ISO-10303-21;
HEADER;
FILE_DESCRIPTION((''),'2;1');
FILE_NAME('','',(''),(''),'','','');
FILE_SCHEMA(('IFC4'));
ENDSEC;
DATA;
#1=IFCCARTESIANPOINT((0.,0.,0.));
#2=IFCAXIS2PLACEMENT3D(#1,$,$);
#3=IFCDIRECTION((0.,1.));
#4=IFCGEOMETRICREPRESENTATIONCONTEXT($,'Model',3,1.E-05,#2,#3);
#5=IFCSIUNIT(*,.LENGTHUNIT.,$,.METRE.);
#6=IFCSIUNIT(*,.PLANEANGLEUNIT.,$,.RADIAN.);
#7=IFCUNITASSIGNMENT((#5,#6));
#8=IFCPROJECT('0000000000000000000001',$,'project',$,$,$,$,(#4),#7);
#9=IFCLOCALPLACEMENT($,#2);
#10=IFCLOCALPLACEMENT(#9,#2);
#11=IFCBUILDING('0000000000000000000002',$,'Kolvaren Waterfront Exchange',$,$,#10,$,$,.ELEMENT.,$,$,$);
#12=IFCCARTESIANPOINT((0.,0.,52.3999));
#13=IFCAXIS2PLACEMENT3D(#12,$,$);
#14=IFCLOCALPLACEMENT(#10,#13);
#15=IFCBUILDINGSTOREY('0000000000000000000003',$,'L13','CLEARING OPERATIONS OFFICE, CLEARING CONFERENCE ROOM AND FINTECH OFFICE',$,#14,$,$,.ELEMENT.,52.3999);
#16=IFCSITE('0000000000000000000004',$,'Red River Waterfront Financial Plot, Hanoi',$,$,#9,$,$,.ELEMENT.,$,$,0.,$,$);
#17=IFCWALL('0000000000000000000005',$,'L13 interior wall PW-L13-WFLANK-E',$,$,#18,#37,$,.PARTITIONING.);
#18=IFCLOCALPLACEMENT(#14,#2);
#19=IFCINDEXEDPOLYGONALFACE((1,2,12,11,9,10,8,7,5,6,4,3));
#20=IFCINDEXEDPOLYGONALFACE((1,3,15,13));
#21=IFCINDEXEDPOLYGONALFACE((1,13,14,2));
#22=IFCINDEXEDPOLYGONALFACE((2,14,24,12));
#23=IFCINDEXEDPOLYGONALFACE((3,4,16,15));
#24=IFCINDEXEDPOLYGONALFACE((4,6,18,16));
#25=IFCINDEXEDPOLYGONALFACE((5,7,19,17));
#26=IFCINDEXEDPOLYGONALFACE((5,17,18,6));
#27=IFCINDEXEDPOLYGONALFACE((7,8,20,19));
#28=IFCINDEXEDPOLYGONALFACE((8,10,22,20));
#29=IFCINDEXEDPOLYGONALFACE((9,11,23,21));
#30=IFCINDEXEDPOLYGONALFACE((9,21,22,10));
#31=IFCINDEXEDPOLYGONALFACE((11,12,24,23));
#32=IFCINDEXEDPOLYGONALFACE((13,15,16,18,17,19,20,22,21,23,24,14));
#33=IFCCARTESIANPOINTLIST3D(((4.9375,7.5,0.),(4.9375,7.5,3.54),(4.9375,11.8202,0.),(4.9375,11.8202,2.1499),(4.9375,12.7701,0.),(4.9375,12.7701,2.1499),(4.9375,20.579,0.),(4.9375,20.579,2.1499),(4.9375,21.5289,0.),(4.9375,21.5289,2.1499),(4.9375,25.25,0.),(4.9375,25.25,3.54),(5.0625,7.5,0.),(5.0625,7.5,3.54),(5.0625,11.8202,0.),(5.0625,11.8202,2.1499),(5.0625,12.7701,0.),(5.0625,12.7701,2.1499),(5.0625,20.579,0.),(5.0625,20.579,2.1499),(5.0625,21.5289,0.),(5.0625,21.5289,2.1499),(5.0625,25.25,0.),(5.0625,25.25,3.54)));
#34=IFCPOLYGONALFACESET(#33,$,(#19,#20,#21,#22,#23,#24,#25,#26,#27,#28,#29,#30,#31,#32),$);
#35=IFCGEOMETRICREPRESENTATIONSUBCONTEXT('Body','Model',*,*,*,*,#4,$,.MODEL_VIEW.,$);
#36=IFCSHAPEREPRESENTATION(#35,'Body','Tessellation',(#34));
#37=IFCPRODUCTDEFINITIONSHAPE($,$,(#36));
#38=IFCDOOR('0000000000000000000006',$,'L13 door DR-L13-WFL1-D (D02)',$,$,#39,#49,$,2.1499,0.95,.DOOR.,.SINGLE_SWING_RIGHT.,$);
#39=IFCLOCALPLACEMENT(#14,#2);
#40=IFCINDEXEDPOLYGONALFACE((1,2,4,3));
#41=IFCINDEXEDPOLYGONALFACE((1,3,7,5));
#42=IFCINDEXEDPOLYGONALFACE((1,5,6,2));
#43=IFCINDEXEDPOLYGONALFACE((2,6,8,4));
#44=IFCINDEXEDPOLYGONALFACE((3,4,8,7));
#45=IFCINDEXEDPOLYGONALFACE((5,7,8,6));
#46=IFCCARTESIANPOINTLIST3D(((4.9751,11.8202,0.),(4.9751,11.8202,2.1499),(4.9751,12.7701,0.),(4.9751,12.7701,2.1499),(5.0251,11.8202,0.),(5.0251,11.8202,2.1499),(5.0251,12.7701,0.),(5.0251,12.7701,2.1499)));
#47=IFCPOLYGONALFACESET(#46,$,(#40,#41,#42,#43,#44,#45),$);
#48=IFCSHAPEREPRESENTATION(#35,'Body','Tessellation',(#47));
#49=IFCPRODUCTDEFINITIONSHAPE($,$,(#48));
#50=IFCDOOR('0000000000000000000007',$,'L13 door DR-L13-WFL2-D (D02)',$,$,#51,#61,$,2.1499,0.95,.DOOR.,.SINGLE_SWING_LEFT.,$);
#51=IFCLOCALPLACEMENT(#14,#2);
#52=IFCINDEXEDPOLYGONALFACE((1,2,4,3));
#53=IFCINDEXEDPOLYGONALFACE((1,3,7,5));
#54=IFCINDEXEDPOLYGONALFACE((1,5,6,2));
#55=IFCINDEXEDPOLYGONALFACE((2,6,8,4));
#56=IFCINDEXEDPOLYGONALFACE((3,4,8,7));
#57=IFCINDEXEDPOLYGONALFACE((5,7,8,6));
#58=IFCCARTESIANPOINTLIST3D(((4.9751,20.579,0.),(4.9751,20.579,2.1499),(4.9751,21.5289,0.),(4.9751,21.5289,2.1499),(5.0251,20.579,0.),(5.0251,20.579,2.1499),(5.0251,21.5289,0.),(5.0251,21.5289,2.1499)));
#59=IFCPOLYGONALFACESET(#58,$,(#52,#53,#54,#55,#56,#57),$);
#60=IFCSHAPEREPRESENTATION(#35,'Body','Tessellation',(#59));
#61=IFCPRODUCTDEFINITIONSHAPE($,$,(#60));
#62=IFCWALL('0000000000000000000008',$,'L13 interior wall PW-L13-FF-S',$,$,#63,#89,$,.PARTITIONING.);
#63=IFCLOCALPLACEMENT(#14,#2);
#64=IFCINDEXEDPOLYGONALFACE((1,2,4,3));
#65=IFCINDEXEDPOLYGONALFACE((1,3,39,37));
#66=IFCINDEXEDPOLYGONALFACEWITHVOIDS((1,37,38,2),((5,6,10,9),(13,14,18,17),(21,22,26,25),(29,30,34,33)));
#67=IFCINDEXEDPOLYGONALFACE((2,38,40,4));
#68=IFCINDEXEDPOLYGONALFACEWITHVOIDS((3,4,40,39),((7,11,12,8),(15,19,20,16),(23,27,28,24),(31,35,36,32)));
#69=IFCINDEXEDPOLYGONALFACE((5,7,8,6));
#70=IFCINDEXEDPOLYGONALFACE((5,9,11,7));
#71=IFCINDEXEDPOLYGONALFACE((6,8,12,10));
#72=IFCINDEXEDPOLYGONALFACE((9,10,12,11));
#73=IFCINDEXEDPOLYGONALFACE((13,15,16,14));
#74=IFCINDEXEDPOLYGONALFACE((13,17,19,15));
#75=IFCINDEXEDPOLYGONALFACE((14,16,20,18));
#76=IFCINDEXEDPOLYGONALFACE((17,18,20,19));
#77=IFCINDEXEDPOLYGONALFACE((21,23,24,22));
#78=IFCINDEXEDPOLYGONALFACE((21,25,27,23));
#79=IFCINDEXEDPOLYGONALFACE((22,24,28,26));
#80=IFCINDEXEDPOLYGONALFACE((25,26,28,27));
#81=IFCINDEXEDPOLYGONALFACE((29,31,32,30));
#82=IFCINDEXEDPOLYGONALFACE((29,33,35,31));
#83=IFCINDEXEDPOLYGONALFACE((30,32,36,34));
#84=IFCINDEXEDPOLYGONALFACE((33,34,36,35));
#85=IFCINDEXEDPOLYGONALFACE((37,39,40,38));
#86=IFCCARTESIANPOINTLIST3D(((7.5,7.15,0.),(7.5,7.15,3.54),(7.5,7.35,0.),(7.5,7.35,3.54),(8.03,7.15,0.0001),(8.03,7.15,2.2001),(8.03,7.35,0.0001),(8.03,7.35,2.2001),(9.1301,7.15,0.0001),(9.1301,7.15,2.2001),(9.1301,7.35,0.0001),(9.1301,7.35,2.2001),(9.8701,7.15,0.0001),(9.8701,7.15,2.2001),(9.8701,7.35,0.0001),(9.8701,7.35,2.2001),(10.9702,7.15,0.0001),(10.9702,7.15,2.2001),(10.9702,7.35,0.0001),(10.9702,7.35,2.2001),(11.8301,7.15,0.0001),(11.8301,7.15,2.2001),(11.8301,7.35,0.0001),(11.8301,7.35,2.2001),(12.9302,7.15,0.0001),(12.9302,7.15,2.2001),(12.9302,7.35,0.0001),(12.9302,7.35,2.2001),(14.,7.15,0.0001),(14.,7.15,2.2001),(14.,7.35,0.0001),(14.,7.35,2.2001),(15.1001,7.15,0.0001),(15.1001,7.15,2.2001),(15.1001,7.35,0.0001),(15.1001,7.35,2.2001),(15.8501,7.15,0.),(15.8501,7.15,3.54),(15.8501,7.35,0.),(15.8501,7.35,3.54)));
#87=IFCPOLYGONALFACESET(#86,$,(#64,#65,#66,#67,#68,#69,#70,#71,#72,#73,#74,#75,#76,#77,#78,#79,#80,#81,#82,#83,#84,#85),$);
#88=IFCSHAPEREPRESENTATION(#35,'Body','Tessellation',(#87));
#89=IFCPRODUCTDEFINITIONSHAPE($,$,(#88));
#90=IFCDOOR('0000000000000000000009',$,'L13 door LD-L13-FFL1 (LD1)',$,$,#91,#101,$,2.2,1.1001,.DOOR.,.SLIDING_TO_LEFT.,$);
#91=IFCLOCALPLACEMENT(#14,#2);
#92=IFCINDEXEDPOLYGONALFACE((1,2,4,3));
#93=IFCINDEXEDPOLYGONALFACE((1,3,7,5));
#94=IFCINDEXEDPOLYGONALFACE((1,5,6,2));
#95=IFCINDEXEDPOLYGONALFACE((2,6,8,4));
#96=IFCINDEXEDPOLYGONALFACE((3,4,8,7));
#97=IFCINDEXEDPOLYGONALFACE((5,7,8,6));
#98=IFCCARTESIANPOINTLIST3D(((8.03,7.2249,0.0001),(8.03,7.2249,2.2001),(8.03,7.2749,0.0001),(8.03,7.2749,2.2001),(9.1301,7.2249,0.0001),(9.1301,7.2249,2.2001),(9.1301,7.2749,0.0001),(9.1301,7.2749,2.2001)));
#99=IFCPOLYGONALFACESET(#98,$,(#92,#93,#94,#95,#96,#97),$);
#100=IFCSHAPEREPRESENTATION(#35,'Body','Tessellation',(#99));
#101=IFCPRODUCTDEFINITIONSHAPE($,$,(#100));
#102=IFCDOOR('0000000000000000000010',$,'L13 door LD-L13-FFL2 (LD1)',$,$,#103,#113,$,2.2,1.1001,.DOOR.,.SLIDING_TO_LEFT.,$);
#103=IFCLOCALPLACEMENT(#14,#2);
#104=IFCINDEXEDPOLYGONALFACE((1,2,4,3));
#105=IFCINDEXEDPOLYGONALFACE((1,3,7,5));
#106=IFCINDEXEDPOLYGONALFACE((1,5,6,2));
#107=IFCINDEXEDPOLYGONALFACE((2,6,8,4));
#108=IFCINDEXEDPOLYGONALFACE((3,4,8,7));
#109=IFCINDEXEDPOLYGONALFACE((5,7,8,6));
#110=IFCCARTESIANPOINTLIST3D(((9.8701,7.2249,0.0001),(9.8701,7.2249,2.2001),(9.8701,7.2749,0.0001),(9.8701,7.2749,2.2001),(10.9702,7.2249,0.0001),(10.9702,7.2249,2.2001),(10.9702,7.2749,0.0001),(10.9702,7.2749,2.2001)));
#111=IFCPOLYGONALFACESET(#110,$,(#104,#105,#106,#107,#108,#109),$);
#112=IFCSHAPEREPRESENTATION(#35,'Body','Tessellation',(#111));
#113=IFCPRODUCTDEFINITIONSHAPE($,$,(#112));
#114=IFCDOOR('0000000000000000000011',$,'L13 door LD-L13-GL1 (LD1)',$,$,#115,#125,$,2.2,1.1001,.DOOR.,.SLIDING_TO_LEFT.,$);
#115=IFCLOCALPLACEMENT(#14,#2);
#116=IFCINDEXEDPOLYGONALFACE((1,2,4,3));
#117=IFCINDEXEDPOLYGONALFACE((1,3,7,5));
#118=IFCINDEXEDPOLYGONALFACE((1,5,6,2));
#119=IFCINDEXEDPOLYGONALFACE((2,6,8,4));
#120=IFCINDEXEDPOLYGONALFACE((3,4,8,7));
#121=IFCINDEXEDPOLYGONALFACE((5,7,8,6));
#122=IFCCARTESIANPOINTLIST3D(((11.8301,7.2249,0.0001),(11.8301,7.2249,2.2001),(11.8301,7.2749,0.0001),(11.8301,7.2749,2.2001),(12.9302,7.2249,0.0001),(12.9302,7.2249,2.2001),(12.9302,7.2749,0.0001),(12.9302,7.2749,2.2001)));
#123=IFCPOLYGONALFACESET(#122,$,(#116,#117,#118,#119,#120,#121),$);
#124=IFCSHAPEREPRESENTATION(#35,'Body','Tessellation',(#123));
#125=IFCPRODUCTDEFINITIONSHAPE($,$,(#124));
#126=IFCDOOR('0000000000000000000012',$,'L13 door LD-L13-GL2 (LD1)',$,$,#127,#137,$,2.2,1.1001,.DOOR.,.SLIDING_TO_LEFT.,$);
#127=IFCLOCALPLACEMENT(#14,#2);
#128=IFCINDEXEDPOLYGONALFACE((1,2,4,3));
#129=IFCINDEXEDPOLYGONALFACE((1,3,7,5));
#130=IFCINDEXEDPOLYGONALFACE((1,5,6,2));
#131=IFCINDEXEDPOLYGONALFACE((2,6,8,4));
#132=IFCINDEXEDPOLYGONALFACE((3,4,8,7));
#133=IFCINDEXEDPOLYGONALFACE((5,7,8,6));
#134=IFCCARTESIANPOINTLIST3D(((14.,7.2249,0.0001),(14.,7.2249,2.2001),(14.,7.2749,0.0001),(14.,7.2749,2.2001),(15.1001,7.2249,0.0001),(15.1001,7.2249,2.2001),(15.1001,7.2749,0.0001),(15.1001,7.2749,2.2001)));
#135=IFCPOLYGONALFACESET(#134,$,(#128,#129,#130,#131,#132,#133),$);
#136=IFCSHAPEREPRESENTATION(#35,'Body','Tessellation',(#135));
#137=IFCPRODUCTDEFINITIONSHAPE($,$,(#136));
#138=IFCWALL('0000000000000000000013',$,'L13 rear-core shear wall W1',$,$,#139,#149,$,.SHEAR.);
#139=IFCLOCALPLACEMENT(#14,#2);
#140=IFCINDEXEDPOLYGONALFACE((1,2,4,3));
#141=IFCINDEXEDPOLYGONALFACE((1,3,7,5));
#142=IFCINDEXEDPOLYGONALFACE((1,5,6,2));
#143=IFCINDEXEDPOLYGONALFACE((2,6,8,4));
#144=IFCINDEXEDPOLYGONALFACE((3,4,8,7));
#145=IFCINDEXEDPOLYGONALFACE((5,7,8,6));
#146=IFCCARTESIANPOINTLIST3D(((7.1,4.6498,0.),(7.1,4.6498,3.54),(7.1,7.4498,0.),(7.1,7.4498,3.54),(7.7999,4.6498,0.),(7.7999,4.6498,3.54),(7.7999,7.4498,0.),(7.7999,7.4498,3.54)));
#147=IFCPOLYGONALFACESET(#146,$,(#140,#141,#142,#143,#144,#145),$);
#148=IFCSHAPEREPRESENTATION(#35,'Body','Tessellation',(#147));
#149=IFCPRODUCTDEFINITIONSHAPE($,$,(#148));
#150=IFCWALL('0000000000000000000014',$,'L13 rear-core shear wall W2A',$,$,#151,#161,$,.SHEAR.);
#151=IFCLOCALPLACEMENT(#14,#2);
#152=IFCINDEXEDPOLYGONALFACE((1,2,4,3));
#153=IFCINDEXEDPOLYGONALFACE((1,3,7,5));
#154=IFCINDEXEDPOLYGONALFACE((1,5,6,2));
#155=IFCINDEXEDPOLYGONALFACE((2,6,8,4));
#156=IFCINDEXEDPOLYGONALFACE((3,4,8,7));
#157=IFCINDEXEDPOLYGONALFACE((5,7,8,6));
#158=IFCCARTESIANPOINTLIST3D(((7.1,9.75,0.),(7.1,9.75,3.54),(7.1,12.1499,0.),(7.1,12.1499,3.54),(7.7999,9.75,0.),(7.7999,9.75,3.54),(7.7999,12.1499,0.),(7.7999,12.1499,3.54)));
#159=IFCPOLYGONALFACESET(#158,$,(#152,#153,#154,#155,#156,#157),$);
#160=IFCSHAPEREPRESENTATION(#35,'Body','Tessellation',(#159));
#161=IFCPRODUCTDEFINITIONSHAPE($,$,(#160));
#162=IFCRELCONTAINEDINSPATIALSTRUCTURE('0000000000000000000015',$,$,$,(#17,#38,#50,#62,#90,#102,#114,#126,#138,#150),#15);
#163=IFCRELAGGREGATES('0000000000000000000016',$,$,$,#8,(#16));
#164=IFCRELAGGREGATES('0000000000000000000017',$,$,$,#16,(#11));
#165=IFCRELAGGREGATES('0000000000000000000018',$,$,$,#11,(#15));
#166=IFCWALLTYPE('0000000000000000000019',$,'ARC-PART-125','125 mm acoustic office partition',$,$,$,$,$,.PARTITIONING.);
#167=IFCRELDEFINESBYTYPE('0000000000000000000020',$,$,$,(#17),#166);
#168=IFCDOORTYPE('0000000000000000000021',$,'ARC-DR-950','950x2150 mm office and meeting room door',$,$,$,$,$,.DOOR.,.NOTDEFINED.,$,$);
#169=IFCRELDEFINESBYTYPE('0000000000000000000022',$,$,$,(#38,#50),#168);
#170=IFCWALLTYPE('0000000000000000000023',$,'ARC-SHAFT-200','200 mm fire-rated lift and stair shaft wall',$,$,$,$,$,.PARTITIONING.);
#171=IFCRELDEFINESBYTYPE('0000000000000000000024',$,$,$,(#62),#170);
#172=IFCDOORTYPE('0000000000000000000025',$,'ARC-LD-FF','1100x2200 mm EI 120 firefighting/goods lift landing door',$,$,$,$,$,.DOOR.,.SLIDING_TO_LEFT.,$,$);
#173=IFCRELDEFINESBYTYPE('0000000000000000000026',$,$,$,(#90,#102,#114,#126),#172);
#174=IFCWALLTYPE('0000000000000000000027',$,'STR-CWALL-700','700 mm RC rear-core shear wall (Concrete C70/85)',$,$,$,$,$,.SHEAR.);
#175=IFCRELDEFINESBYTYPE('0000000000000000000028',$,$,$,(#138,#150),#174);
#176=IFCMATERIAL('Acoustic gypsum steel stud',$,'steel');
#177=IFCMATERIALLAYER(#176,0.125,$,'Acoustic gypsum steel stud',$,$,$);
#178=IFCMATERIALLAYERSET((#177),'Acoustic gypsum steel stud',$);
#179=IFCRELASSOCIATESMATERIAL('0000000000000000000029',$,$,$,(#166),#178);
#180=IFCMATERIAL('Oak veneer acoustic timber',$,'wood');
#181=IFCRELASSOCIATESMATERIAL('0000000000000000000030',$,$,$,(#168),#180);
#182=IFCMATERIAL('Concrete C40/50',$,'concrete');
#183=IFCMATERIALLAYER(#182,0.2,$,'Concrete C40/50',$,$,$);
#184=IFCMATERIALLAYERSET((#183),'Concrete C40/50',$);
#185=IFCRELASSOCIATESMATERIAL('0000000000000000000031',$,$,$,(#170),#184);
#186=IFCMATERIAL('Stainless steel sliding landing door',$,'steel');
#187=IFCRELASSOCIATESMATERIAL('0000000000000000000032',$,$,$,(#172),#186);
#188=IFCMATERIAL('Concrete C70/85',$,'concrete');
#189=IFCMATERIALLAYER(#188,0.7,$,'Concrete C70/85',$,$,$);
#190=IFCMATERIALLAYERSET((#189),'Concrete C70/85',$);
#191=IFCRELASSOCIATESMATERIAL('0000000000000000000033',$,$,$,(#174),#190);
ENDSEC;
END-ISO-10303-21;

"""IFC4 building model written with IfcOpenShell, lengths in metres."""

from ifc_helpers import new_model, si_unit, direction, frame, frame_2d, origin, place, context, subcontext, project, spatial, rectangle, extrude, material, layer, layer_set, type_object, element, fill, save


model = new_model("IFC4")

# Units and contexts
model_context = context("Model", 3, precision=1e-05, world=origin(), true_north=direction((0.0, 1.0)))
body_context = subcontext(model_context, "Body", "Model", "MODEL_VIEW")
ifc_project = project(units=[si_unit("LENGTHUNIT", "METRE"), si_unit("PLANEANGLEUNIT", "RADIAN")], contexts=[model_context])

# Site, building, storey
site_placement = place(None, origin())
site = spatial("IfcSite", under=ifc_project, at=site_placement, Name="Red River Waterfront Financial Plot, Hanoi", CompositionType="ELEMENT", RefElevation=0.0)
building_placement = place(site_placement, origin())
building = spatial("IfcBuilding", under=site, at=building_placement, Name="Kolvaren Waterfront Exchange", CompositionType="ELEMENT")
storey_placement = place(building_placement, frame((0.0, 0.0, 52.3999)))
storey = spatial("IfcBuildingStorey", under=building, at=storey_placement, Name="L13", Description="CLEARING OPERATIONS OFFICE, CLEARING CONFERENCE ROOM AND FINTECH OFFICE", CompositionType="ELEMENT", Elevation=52.3999)

# Shared definitions
ifc_material_1 = material(Name="Concrete C70/85", Category="concrete")

# Shared definitions
ifc_material_2 = material(Name="Acoustic gypsum steel stud", Category="steel")
ifc_layer_1 = layer(ifc_material_2, 0.125, Name="Acoustic gypsum steel stud")
ifc_layer_set_1 = layer_set([ifc_layer_1], Name="Acoustic gypsum steel stud")
wall_type_1 = type_object("IfcWallType", Name="ARC-PART-125", Description="125 mm acoustic office partition", PredefinedType="PARTITIONING", material=ifc_layer_set_1)

# Walls, openings, doors
wall_1_placement = place(storey_placement, frame((5.0, 7.5, 0.0), z_axis=(0.0, 0.0, 1.0), x_axis=(0.0, 1.0, 0.0)))
wall_1 = element("IfcWall", 1, at=wall_1_placement, inside=storey, type_object=wall_type_1, Name="L13 interior wall PW-L13-WFLANK-E", PredefinedType="PARTITIONING", context=body_context, shape_type="SweptSolid", body=[
    extrude(rectangle(XDim=17.75, YDim=0.125, at=frame_2d((8.875, 0.0))), origin(), (0.0, 0.0, 1.0), 3.54),
])
opening_1_placement = place(wall_1_placement, frame((4.3201, 0.0, 0.0)))
opening_1 = element("IfcOpeningElement", 2, at=opening_1_placement, cuts=wall_1, PredefinedType="OPENING", context=body_context, shape_type="SweptSolid", body=[
    extrude(rectangle(XDim=0.95, YDim=2.1499, at=frame_2d((0.4751, 1.075))), frame((0.0, 0.0725, 0.0), z_axis=(0.0, -1.0, 0.0), x_axis=(1.0, 0.0, 0.0)), (0.0, 0.0, 1.0), 0.145),
])
opening_2_placement = place(wall_1_placement, frame((13.0789, 0.0, 0.0)))
opening_2 = element("IfcOpeningElement", 3, at=opening_2_placement, cuts=wall_1, PredefinedType="OPENING", context=body_context, shape_type="SweptSolid", body=[
    extrude(rectangle(XDim=0.95, YDim=2.1499, at=frame_2d((0.4751, 1.075))), frame((0.0, 0.0725, 0.0), z_axis=(0.0, -1.0, 0.0), x_axis=(1.0, 0.0, 0.0)), (0.0, 0.0, 1.0), 0.145),
])
ifc_material_3 = material(Name="Oak veneer acoustic timber", Category="wood")
door_type_1 = type_object("IfcDoorType", Name="ARC-DR-950", Description="950x2150 mm office and meeting room door", OperationType="NOTDEFINED", PredefinedType="DOOR", material=ifc_material_3)
door_1_placement = place(opening_1_placement, origin())
door_1 = element("IfcDoor", 4, at=door_1_placement, inside=storey, type_object=door_type_1, Name="L13 door DR-L13-WFL1-D (D02)", OperationType="SINGLE_SWING_RIGHT", OverallHeight=2.1499, OverallWidth=0.95, PredefinedType="DOOR", context=body_context, shape_type="SweptSolid", body=[
    extrude(rectangle(XDim=0.95, YDim=2.1499, at=frame_2d((0.4751, 1.075))), frame((0.0, 0.0249, 0.0), z_axis=(0.0, -1.0, 0.0), x_axis=(1.0, 0.0, 0.0)), (0.0, 0.0, 1.0), 0.05),
])
fill(opening_1, door_1)
door_2_placement = place(opening_2_placement, origin())
door_2 = element("IfcDoor", 5, at=door_2_placement, inside=storey, type_object=door_type_1, Name="L13 door DR-L13-WFL2-D (D02)", OperationType="SINGLE_SWING_LEFT", OverallHeight=2.1499, OverallWidth=0.95, PredefinedType="DOOR", context=body_context, shape_type="SweptSolid", body=[
    extrude(rectangle(XDim=0.95, YDim=2.1499, at=frame_2d((0.4751, 1.075))), frame((0.0, 0.0249, 0.0), z_axis=(0.0, -1.0, 0.0), x_axis=(1.0, 0.0, 0.0)), (0.0, 0.0, 1.0), 0.05),
])
fill(opening_2, door_2)
ifc_material_4 = material(Name="Concrete C40/50", Category="concrete")
ifc_layer_2 = layer(ifc_material_4, 0.2, Name="Concrete C40/50")
ifc_layer_set_2 = layer_set([ifc_layer_2], Name="Concrete C40/50")
wall_type_2 = type_object("IfcWallType", Name="ARC-SHAFT-200", Description="200 mm fire-rated lift and stair shaft wall", PredefinedType="PARTITIONING", material=ifc_layer_set_2)
wall_2_placement = place(storey_placement, frame((7.5, 7.25, 0.0), z_axis=(0.0, 0.0, 1.0), x_axis=(1.0, 0.0, 0.0)))
wall_2 = element("IfcWall", 6, at=wall_2_placement, inside=storey, type_object=wall_type_2, Name="L13 interior wall PW-L13-FF-S", PredefinedType="PARTITIONING", context=body_context, shape_type="SweptSolid", body=[
    extrude(rectangle(XDim=8.3501, YDim=0.2, at=frame_2d((4.175, 0.0))), origin(), (0.0, 0.0, 1.0), 3.54),
])
opening_3_placement = place(wall_2_placement, frame((0.53, 0.0, 0.0)))
opening_3 = element("IfcOpeningElement", 7, at=opening_3_placement, cuts=wall_2, PredefinedType="OPENING", context=body_context, shape_type="SweptSolid", body=[
    extrude(rectangle(XDim=1.1001, YDim=2.2, at=frame_2d((0.55, 1.1001))), frame((0.0, 0.1099, 0.0), z_axis=(0.0, -1.0, 0.0), x_axis=(1.0, 0.0, 0.0)), (0.0, 0.0, 1.0), 0.22),
])
opening_4_placement = place(wall_2_placement, frame((2.3701, 0.0, 0.0)))
opening_4 = element("IfcOpeningElement", 8, at=opening_4_placement, cuts=wall_2, PredefinedType="OPENING", context=body_context, shape_type="SweptSolid", body=[
    extrude(rectangle(XDim=1.1001, YDim=2.2, at=frame_2d((0.55, 1.1001))), frame((0.0, 0.1099, 0.0), z_axis=(0.0, -1.0, 0.0), x_axis=(1.0, 0.0, 0.0)), (0.0, 0.0, 1.0), 0.22),
])
opening_5_placement = place(wall_2_placement, frame((4.3301, 0.0, 0.0)))
opening_5 = element("IfcOpeningElement", 9, at=opening_5_placement, cuts=wall_2, PredefinedType="OPENING", context=body_context, shape_type="SweptSolid", body=[
    extrude(rectangle(XDim=1.1001, YDim=2.2, at=frame_2d((0.55, 1.1001))), frame((0.0, 0.1099, 0.0), z_axis=(0.0, -1.0, 0.0), x_axis=(1.0, 0.0, 0.0)), (0.0, 0.0, 1.0), 0.22),
])
opening_6_placement = place(wall_2_placement, frame((6.5, 0.0, 0.0)))
opening_6 = element("IfcOpeningElement", 10, at=opening_6_placement, cuts=wall_2, PredefinedType="OPENING", context=body_context, shape_type="SweptSolid", body=[
    extrude(rectangle(XDim=1.1001, YDim=2.2, at=frame_2d((0.55, 1.1001))), frame((0.0, 0.1099, 0.0), z_axis=(0.0, -1.0, 0.0), x_axis=(1.0, 0.0, 0.0)), (0.0, 0.0, 1.0), 0.22),
])
ifc_material_5 = material(Name="Stainless steel sliding landing door", Category="steel")
door_type_2 = type_object("IfcDoorType", Name="ARC-LD-FF", Description="1100x2200 mm EI 120 firefighting/goods lift landing door", OperationType="SLIDING_TO_LEFT", PredefinedType="DOOR", material=ifc_material_5)
door_3_placement = place(opening_3_placement, origin())
door_3 = element("IfcDoor", 11, at=door_3_placement, inside=storey, type_object=door_type_2, Name="L13 door LD-L13-FFL1 (LD1)", OperationType="SLIDING_TO_LEFT", OverallHeight=2.2, OverallWidth=1.1001, PredefinedType="DOOR", context=body_context, shape_type="SweptSolid", body=[
    extrude(rectangle(XDim=1.1001, YDim=2.2, at=frame_2d((0.55, 1.1001))), frame((0.0, 0.0249, 0.0), z_axis=(0.0, -1.0, 0.0), x_axis=(1.0, 0.0, 0.0)), (0.0, 0.0, 1.0), 0.05),
])
fill(opening_3, door_3)
door_4_placement = place(opening_4_placement, origin())
door_4 = element("IfcDoor", 12, at=door_4_placement, inside=storey, type_object=door_type_2, Name="L13 door LD-L13-FFL2 (LD1)", OperationType="SLIDING_TO_LEFT", OverallHeight=2.2, OverallWidth=1.1001, PredefinedType="DOOR", context=body_context, shape_type="SweptSolid", body=[
    extrude(rectangle(XDim=1.1001, YDim=2.2, at=frame_2d((0.55, 1.1001))), frame((0.0, 0.0249, 0.0), z_axis=(0.0, -1.0, 0.0), x_axis=(1.0, 0.0, 0.0)), (0.0, 0.0, 1.0), 0.05),
])
fill(opening_4, door_4)
door_5_placement = place(opening_5_placement, origin())
door_5 = element("IfcDoor", 13, at=door_5_placement, inside=storey, type_object=door_type_2, Name="L13 door LD-L13-GL1 (LD1)", OperationType="SLIDING_TO_LEFT", OverallHeight=2.2, OverallWidth=1.1001, PredefinedType="DOOR", context=body_context, shape_type="SweptSolid", body=[
    extrude(rectangle(XDim=1.1001, YDim=2.2, at=frame_2d((0.55, 1.1001))), frame((0.0, 0.0249, 0.0), z_axis=(0.0, -1.0, 0.0), x_axis=(1.0, 0.0, 0.0)), (0.0, 0.0, 1.0), 0.05),
])
fill(opening_5, door_5)
door_6_placement = place(opening_6_placement, origin())
door_6 = element("IfcDoor", 14, at=door_6_placement, inside=storey, type_object=door_type_2, Name="L13 door LD-L13-GL2 (LD1)", OperationType="SLIDING_TO_LEFT", OverallHeight=2.2, OverallWidth=1.1001, PredefinedType="DOOR", context=body_context, shape_type="SweptSolid", body=[
    extrude(rectangle(XDim=1.1001, YDim=2.2, at=frame_2d((0.55, 1.1001))), frame((0.0, 0.0249, 0.0), z_axis=(0.0, -1.0, 0.0), x_axis=(1.0, 0.0, 0.0)), (0.0, 0.0, 1.0), 0.05),
])
fill(opening_6, door_6)

# Walls
ifc_layer_3 = layer(ifc_material_1, 0.7, Name="Concrete C70/85")
ifc_layer_set_3 = layer_set([ifc_layer_3], Name="Concrete C70/85")
wall_type_3 = type_object("IfcWallType", Name="STR-CWALL-700", Description="700 mm RC rear-core shear wall (Concrete C70/85)", PredefinedType="SHEAR", material=ifc_layer_set_3)
wall_3_placement = place(storey_placement, frame((7.45, 4.6499, 0.0), z_axis=(0.0, 0.0, 1.0), x_axis=(0.0, 1.0, 0.0)))
element("IfcWall", 15, at=wall_3_placement, inside=storey, type_object=wall_type_3, Name="L13 rear-core shear wall W1", PredefinedType="SHEAR", context=body_context, shape_type="SweptSolid", body=[
    extrude(rectangle(XDim=2.8, YDim=0.7, at=frame_2d((1.3999, 0.0))), origin(), (0.0, 0.0, 1.0), 3.54),
])
wall_4_placement = place(storey_placement, frame((7.45, 9.75, 0.0), z_axis=(0.0, 0.0, 1.0), x_axis=(0.0, 1.0, 0.0)))
element("IfcWall", 16, at=wall_4_placement, inside=storey, type_object=wall_type_3, Name="L13 rear-core shear wall W2A", PredefinedType="SHEAR", context=body_context, shape_type="SweptSolid", body=[
    extrude(rectangle(XDim=2.3999, YDim=0.7, at=frame_2d((1.2, 0.0))), origin(), (0.0, 0.0, 1.0), 3.54),
])

save(model, "model.ifc")
